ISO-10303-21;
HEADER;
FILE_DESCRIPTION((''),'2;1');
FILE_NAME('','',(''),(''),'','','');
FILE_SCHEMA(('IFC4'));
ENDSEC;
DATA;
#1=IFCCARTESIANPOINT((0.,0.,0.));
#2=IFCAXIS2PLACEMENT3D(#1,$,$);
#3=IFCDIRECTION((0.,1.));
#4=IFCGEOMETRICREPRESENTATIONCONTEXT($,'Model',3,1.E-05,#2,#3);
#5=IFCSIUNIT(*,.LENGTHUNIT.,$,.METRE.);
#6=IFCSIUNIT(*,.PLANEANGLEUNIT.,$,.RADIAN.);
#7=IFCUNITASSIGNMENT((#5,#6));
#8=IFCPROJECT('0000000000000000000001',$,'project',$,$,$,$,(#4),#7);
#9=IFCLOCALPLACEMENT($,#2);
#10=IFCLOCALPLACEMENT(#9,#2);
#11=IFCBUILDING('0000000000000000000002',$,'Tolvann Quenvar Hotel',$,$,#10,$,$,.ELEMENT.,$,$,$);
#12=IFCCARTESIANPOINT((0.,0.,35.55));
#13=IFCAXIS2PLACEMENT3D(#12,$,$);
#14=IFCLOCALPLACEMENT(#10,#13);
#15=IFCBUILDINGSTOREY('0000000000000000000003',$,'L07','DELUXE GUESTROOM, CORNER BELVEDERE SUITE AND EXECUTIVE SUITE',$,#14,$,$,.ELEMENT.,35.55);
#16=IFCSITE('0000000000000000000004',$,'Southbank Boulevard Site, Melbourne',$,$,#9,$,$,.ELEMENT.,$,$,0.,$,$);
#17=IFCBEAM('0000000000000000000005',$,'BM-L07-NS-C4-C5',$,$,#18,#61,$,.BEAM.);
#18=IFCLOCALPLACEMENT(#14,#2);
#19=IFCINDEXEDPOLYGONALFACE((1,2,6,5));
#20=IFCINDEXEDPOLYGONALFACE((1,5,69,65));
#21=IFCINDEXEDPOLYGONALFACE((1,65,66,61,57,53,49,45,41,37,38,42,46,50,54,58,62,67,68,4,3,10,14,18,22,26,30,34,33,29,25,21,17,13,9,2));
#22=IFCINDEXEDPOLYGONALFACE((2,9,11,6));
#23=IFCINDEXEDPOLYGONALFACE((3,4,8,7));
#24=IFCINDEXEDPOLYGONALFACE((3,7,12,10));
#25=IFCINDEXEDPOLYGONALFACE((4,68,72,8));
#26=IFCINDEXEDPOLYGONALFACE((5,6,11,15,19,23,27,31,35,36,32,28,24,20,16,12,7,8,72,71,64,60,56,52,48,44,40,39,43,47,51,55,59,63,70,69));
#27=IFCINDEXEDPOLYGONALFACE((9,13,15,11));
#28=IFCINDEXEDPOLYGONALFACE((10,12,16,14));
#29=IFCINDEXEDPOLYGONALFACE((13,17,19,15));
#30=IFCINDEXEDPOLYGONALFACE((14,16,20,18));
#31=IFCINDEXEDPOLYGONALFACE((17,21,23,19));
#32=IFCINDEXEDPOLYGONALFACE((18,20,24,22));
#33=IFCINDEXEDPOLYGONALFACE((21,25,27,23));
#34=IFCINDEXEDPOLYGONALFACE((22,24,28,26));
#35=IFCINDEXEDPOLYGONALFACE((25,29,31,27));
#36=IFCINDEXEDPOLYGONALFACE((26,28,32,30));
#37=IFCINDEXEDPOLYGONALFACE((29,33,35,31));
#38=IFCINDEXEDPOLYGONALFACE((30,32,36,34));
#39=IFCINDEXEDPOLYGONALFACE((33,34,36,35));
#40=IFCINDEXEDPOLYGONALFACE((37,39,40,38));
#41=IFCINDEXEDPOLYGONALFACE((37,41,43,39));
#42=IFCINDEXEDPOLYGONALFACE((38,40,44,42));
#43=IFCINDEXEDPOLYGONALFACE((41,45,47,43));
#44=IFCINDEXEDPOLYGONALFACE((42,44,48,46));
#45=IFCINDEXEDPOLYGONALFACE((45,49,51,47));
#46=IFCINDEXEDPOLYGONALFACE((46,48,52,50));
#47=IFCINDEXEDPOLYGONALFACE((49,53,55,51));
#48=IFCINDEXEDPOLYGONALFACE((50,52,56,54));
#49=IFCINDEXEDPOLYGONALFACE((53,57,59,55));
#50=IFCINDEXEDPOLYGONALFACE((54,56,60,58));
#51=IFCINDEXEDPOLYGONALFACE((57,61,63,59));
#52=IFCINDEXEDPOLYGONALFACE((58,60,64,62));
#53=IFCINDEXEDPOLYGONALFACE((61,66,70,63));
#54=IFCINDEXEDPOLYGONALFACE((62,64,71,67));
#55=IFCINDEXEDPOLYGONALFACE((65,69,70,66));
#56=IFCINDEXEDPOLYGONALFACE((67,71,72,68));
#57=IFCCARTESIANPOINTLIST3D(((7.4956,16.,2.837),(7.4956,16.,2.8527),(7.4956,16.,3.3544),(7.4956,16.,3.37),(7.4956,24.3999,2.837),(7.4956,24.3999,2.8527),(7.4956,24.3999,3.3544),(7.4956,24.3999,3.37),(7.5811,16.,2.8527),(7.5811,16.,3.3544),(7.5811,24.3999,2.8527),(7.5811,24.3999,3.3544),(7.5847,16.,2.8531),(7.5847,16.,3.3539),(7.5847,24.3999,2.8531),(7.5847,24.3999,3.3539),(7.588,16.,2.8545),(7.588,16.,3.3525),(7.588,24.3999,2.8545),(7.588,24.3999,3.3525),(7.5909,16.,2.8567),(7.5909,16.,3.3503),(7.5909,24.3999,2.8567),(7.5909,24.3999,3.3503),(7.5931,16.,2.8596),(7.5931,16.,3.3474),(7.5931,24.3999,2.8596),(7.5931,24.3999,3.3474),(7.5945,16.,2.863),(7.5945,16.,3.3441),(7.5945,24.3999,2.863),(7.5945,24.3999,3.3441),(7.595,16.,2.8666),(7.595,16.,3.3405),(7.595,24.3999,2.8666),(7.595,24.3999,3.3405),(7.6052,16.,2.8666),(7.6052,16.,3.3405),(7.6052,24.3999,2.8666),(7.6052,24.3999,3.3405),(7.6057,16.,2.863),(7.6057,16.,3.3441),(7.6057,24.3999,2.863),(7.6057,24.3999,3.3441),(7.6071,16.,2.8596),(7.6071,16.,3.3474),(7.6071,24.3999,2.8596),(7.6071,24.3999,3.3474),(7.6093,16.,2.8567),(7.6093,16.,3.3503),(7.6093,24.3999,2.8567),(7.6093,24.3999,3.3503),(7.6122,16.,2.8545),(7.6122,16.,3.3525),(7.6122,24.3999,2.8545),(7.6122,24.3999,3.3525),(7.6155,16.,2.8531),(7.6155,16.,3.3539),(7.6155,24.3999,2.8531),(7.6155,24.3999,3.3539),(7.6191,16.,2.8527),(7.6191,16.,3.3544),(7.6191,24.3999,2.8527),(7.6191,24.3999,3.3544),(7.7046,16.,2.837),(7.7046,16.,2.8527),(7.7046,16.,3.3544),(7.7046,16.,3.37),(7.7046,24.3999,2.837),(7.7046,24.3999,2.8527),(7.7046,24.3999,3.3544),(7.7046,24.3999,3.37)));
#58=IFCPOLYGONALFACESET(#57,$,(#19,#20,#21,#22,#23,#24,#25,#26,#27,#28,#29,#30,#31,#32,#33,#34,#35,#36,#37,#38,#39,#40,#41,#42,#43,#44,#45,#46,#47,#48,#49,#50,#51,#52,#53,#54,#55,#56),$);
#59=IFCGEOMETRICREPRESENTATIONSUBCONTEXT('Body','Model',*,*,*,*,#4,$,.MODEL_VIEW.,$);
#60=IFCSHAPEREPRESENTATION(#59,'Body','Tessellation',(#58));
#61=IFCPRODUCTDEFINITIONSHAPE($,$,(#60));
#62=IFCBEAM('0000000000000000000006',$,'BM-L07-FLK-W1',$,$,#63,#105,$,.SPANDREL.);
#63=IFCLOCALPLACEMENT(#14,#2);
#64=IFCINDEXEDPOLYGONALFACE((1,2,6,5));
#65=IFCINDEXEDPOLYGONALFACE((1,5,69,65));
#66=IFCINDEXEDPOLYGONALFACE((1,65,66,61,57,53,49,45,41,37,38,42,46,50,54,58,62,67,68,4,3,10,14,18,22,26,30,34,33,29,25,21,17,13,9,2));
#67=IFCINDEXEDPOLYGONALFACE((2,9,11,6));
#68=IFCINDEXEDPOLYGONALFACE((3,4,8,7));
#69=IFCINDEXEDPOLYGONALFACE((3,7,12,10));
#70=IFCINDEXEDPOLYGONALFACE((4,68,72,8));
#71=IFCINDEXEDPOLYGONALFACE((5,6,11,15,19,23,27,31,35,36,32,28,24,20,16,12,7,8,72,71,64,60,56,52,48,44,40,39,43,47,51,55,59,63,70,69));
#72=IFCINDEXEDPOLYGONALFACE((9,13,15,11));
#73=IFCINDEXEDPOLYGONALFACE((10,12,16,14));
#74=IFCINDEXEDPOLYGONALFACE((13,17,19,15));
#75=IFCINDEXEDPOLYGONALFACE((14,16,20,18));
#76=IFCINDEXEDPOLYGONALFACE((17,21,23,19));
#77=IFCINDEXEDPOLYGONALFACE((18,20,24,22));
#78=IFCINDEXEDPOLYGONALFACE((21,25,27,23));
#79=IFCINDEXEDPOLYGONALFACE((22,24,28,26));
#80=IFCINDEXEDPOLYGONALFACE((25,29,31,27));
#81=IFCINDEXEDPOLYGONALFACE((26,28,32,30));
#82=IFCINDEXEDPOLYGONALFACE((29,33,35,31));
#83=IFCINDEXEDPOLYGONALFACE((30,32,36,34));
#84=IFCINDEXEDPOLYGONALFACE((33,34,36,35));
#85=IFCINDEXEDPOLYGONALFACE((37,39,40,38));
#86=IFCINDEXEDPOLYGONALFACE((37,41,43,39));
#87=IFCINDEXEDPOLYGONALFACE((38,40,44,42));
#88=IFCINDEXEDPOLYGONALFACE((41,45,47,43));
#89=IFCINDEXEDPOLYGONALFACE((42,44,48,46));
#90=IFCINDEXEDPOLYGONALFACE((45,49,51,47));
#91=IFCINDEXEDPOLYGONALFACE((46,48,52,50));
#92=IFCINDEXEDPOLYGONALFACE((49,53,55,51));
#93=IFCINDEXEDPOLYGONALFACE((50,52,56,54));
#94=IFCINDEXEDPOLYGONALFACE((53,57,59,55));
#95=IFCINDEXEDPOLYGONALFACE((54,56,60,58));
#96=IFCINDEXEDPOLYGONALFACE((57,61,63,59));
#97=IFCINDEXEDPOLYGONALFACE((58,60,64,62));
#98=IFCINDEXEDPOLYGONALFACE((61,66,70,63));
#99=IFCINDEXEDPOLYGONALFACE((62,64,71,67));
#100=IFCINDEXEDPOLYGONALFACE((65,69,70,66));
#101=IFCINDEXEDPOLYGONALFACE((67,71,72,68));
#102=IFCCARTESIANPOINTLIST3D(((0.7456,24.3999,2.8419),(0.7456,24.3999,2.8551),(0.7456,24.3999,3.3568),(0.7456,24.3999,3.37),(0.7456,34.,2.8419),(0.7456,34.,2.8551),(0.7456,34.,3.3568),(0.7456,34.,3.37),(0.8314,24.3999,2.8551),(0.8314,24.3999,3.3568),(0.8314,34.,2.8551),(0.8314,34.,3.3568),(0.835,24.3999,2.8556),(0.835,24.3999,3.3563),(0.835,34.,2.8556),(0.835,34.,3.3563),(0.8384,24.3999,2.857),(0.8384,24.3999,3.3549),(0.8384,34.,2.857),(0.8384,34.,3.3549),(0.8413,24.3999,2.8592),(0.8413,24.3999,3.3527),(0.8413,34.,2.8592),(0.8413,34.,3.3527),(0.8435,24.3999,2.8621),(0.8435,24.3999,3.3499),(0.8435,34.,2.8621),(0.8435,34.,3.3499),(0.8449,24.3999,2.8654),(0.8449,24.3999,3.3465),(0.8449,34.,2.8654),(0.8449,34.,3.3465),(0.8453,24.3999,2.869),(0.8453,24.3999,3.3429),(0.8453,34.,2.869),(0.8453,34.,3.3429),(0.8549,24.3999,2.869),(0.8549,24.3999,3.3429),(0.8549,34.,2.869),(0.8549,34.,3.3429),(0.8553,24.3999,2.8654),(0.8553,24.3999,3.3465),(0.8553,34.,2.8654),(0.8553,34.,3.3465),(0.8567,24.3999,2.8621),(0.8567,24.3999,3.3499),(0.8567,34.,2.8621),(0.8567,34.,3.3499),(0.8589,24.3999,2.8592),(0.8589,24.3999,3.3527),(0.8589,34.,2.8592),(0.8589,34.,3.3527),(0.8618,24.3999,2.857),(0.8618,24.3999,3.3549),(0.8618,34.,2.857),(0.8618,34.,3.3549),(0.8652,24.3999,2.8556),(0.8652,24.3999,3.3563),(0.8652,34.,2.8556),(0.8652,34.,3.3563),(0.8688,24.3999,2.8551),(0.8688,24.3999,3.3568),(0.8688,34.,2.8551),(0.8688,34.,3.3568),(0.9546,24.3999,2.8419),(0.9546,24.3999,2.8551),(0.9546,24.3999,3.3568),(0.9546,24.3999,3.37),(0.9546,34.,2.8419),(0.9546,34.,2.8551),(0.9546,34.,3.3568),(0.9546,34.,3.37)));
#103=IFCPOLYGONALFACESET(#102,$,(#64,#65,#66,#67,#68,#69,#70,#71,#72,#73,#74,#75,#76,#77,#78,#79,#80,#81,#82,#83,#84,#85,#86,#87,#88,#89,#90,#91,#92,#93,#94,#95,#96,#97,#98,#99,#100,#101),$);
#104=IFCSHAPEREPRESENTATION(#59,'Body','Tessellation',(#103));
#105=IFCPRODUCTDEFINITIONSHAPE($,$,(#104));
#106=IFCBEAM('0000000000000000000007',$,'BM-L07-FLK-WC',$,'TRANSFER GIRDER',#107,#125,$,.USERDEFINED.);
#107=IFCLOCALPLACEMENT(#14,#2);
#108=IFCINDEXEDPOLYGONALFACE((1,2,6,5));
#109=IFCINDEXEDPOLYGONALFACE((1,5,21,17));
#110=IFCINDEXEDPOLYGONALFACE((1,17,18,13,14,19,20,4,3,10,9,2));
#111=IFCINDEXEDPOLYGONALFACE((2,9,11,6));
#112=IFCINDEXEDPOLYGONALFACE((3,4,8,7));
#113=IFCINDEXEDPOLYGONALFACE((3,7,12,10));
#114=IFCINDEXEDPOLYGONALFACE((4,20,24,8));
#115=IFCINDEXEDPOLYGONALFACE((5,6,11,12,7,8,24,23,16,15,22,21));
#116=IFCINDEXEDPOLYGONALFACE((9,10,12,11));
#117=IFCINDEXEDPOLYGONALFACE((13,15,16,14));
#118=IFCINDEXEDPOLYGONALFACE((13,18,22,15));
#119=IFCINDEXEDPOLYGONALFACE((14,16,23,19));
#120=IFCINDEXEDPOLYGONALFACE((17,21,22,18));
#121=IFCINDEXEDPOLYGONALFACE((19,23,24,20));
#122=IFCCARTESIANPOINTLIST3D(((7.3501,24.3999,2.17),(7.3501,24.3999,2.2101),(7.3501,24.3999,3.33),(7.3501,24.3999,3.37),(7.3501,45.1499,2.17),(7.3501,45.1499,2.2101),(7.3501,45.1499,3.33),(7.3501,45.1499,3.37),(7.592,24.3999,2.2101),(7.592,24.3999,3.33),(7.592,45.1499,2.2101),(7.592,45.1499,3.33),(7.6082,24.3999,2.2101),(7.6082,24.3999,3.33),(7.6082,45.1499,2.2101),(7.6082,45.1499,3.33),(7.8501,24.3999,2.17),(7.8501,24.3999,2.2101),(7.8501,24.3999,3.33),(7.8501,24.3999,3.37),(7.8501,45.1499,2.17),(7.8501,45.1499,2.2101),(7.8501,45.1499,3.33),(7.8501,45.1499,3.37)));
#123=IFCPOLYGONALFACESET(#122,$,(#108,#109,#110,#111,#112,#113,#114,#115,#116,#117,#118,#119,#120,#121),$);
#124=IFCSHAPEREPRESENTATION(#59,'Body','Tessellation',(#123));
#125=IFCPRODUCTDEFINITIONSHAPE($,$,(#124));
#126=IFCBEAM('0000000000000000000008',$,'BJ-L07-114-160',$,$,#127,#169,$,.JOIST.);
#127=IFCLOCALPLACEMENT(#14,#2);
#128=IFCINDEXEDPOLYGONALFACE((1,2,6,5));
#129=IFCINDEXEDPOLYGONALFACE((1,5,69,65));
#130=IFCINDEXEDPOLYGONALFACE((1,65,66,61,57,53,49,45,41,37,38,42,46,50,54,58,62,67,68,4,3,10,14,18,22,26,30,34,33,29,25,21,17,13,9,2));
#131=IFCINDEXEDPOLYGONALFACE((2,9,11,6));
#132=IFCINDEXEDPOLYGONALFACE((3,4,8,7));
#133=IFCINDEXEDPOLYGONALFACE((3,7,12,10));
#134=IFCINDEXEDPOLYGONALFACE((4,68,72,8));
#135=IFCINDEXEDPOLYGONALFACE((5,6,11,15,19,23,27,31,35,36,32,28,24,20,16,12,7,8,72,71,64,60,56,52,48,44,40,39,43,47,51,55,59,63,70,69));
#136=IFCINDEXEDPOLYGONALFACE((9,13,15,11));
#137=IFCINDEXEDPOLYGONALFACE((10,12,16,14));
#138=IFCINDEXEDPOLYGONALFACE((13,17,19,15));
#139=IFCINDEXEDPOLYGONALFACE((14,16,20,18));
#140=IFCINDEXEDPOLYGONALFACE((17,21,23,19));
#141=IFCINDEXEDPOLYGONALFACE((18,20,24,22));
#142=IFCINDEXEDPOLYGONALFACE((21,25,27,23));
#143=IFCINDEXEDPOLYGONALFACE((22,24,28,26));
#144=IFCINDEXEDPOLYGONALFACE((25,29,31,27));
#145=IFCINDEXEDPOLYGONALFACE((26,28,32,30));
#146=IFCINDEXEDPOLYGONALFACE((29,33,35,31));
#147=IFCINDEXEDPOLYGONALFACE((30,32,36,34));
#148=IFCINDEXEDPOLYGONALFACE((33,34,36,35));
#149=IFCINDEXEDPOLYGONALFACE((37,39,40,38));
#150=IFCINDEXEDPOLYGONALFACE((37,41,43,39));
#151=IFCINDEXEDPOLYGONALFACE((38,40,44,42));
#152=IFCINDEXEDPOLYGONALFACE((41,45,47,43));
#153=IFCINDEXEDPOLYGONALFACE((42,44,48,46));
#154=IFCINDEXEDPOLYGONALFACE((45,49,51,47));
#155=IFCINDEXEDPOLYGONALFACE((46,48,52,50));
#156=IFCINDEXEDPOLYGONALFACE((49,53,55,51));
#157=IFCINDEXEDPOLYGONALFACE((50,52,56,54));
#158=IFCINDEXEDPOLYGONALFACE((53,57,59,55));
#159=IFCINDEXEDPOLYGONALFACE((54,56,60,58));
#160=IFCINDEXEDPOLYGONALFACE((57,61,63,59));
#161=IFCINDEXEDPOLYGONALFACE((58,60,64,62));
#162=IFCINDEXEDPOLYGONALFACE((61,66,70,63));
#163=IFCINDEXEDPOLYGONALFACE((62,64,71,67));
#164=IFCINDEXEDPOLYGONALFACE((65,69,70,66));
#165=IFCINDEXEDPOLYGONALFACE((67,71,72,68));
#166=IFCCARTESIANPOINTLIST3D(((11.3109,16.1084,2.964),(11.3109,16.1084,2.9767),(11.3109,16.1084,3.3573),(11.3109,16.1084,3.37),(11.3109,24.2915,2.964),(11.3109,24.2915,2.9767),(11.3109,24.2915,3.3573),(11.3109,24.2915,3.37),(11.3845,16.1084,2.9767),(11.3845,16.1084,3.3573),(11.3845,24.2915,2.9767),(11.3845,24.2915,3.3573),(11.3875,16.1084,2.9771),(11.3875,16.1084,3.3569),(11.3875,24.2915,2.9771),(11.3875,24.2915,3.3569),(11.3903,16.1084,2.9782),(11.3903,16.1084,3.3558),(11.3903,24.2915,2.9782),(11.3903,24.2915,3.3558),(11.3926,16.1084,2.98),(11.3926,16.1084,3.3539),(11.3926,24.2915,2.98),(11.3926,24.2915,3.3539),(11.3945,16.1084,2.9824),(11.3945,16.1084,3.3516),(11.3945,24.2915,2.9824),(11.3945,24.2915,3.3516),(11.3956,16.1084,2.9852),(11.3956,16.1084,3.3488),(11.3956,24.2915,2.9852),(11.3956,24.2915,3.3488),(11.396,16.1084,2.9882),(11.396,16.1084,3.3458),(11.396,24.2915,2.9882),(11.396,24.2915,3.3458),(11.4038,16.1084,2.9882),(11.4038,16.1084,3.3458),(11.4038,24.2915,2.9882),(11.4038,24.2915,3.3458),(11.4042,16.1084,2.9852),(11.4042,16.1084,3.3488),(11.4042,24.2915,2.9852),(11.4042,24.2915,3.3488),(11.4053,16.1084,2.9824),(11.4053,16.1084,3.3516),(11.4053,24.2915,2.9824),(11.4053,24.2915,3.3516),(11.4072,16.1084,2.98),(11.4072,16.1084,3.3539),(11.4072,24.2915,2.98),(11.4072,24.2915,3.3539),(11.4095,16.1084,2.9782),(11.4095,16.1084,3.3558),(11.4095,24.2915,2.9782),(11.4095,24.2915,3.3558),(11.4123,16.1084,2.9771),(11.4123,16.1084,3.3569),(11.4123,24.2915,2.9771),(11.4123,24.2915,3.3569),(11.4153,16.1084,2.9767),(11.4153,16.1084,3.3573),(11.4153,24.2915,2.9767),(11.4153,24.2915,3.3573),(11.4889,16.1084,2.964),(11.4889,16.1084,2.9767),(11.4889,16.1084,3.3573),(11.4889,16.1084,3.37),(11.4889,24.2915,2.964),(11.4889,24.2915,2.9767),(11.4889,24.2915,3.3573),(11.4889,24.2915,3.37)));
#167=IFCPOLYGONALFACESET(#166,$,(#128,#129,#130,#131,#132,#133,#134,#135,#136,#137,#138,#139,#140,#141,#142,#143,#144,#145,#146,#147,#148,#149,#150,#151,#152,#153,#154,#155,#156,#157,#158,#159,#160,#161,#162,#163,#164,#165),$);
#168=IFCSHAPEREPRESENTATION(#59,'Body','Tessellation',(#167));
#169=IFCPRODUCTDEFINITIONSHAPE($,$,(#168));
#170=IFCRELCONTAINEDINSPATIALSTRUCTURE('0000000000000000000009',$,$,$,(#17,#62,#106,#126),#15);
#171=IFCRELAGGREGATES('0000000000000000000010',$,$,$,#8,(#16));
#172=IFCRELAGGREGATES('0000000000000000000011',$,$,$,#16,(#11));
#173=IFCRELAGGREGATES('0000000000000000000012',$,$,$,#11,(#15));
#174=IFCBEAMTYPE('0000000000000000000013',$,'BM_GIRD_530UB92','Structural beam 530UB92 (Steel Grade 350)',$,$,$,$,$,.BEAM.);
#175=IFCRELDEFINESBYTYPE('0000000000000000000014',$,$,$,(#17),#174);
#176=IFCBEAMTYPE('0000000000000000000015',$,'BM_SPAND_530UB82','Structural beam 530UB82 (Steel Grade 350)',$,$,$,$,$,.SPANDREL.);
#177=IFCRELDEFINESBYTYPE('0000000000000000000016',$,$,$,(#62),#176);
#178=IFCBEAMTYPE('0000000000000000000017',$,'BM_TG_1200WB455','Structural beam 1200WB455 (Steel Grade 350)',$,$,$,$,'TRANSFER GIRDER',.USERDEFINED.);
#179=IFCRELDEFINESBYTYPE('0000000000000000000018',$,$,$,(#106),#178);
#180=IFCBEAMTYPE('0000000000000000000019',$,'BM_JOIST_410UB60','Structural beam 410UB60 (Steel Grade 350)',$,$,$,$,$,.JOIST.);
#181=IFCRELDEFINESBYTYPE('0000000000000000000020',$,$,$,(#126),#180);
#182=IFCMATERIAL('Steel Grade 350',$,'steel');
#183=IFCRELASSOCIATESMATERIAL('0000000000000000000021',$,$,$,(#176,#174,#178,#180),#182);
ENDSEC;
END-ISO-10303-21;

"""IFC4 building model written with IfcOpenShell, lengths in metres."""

from ifc_helpers import new_model, si_unit, direction, frame, origin, origin_2d, place, context, subcontext, project, spatial, i_section, extrude, source, transform, mapped, material, material_profile, profile_set, type_object, type_shapes, element, save


model = new_model("IFC4")

# Units and contexts
model_context = context("Model", 3, precision=1e-05, world=origin(), true_north=direction((0.0, 1.0)))
body_context = subcontext(model_context, "Body", "Model", "MODEL_VIEW")
ifc_project = project(units=[si_unit("LENGTHUNIT", "METRE"), si_unit("PLANEANGLEUNIT", "RADIAN")], contexts=[model_context])

# Site, building, storey
site_placement = place(None, origin())
site = spatial("IfcSite", under=ifc_project, at=site_placement, Name="Southbank Boulevard Site, Melbourne", CompositionType="ELEMENT", RefElevation=0.0)
building_placement = place(site_placement, origin())
building = spatial("IfcBuilding", under=site, at=building_placement, Name="Tolvann Quenvar Hotel", CompositionType="ELEMENT")
storey_placement = place(building_placement, frame((0.0, 0.0, 35.55)))
storey = spatial("IfcBuildingStorey", under=building, at=storey_placement, Name="L07", Description="DELUXE GUESTROOM, CORNER BELVEDERE SUITE AND EXECUTIVE SUITE", CompositionType="ELEMENT", Elevation=35.55)

# Shared definitions
ifc_material_1 = material(Name="Steel Grade 350", Category="steel")

# Beams
ifc_material_profile_1 = material_profile(ifc_material_1, i_section(OverallWidth=0.209, OverallDepth=0.5281, WebThickness=0.0095, FlangeThickness=0.0132, FilletRadius=0.0139, at=origin_2d()), Name="530UB82")
ifc_profile_set_1 = profile_set([ifc_material_profile_1], Name="Steel Grade 350")
beam_type_1 = type_object("IfcBeamType", Name="BM_SPAND_530UB82", Description="Structural beam 530UB82 (Steel Grade 350)", PredefinedType="SPANDREL", material=ifc_profile_set_1)
ifc_material_profile_2 = material_profile(ifc_material_1, i_section(OverallWidth=0.209, OverallDepth=0.533, WebThickness=0.0103, FlangeThickness=0.0156, FilletRadius=0.0139, at=origin_2d()), Name="530UB92")
ifc_profile_set_2 = profile_set([ifc_material_profile_2], Name="Steel Grade 350")
beam_type_2 = type_object("IfcBeamType", Name="BM_GIRD_530UB92", Description="Structural beam 530UB92 (Steel Grade 350)", PredefinedType="BEAM", material=ifc_profile_set_2)
shared_shape_1 = source(origin(), body_context, "Body", "SweptSolid", [
    extrude(i_section(OverallWidth=0.209, OverallDepth=0.533, WebThickness=0.0103, FlangeThickness=0.0156, FilletRadius=0.0139, at=origin_2d()), origin(), (0.0, 0.0, 1.0), 8.3999),
])
type_shapes(beam_type_2, [shared_shape_1])
beam_1_placement = place(storey_placement, frame((7.6001, 16.0, 3.1035), z_axis=(0.0, 1.0, 0.0), x_axis=(-1.0, 0.0, 0.0)))
element("IfcBeam", 1, at=beam_1_placement, inside=storey, type_object=beam_type_2, Name="BM-L07-NS-C4-C5", PredefinedType="BEAM", context=body_context, shape_type="MappedRepresentation", body=[
    mapped(shared_shape_1, transform((0.0, 0.0, 0.0), x_axis=(1.0, 0.0, 0.0), y_axis=(0.0, 1.0, 0.0), z_axis=(0.0, 0.0, 1.0), scale=1.0)),
])
shared_shape_2 = source(origin(), body_context, "Body", "SweptSolid", [
    extrude(i_section(OverallWidth=0.209, OverallDepth=0.5281, WebThickness=0.0095, FlangeThickness=0.0132, FilletRadius=0.0139, at=origin_2d()), origin(), (0.0, 0.0, 1.0), 9.6001),
])
beam_2_placement = place(storey_placement, frame((0.8501, 24.3999, 3.106), z_axis=(0.0, 1.0, 0.0), x_axis=(-1.0, 0.0, 0.0)))
element("IfcBeam", 2, at=beam_2_placement, inside=storey, type_object=beam_type_1, Name="BM-L07-FLK-W1", PredefinedType="SPANDREL", context=body_context, shape_type="MappedRepresentation", body=[
    mapped(shared_shape_2, transform((0.0, 0.0, 0.0), x_axis=(1.0, 0.0, 0.0), y_axis=(0.0, 1.0, 0.0), z_axis=(0.0, 0.0, 1.0), scale=1.0)),
])
ifc_material_profile_3 = material_profile(ifc_material_1, i_section(OverallWidth=0.5, OverallDepth=1.2, WebThickness=0.0161, FlangeThickness=0.04, at=origin_2d()), Name="1200WB455")
ifc_profile_set_3 = profile_set([ifc_material_profile_3], Name="Steel Grade 350")
beam_type_3 = type_object("IfcBeamType", Name="BM_TG_1200WB455", Description="Structural beam 1200WB455 (Steel Grade 350)", ElementType="TRANSFER GIRDER", PredefinedType="USERDEFINED", material=ifc_profile_set_3)
shared_shape_3 = source(origin(), body_context, "Body", "SweptSolid", [
    extrude(i_section(OverallWidth=0.5, OverallDepth=1.2, WebThickness=0.0161, FlangeThickness=0.04, at=origin_2d()), origin(), (0.0, 0.0, 1.0), 20.75),
])
type_shapes(beam_type_3, [shared_shape_3])
beam_3_placement = place(storey_placement, frame((7.6001, 24.3999, 2.77), z_axis=(0.0, 1.0, 0.0), x_axis=(-1.0, 0.0, 0.0)))
element("IfcBeam", 3, at=beam_3_placement, inside=storey, type_object=beam_type_3, Name="BM-L07-FLK-WC", ObjectType="TRANSFER GIRDER", PredefinedType="USERDEFINED", context=body_context, shape_type="MappedRepresentation", body=[
    mapped(shared_shape_3, transform((0.0, 0.0, 0.0), x_axis=(1.0, 0.0, 0.0), y_axis=(0.0, 1.0, 0.0), z_axis=(0.0, 0.0, 1.0), scale=1.0)),
])
ifc_material_profile_4 = material_profile(ifc_material_1, i_section(OverallWidth=0.178, OverallDepth=0.406, WebThickness=0.0078, FlangeThickness=0.0127, FilletRadius=0.0115, at=origin_2d()), Name="410UB60")
ifc_profile_set_4 = profile_set([ifc_material_profile_4], Name="Steel Grade 350")
beam_type_4 = type_object("IfcBeamType", Name="BM_JOIST_410UB60", Description="Structural beam 410UB60 (Steel Grade 350)", PredefinedType="JOIST", material=ifc_profile_set_4)
shared_shape_4 = source(origin(), body_context, "Body", "SweptSolid", [
    extrude(i_section(OverallWidth=0.178, OverallDepth=0.406, WebThickness=0.0078, FlangeThickness=0.0127, FilletRadius=0.0115, at=origin_2d()), origin(), (0.0, 0.0, 1.0), 8.1831),
])
beam_4_placement = place(storey_placement, frame((11.3999, 16.1084, 3.167), z_axis=(0.0, 1.0, 0.0), x_axis=(-1.0, 0.0, 0.0)))
element("IfcBeam", 4, at=beam_4_placement, inside=storey, type_object=beam_type_4, Name="BJ-L07-114-160", PredefinedType="JOIST", context=body_context, shape_type="MappedRepresentation", body=[
    mapped(shared_shape_4, transform((0.0, 0.0, 0.0), x_axis=(1.0, 0.0, 0.0), y_axis=(0.0, 1.0, 0.0), z_axis=(0.0, 0.0, 1.0), scale=1.0)),
])

save(model, "model.ifc")
